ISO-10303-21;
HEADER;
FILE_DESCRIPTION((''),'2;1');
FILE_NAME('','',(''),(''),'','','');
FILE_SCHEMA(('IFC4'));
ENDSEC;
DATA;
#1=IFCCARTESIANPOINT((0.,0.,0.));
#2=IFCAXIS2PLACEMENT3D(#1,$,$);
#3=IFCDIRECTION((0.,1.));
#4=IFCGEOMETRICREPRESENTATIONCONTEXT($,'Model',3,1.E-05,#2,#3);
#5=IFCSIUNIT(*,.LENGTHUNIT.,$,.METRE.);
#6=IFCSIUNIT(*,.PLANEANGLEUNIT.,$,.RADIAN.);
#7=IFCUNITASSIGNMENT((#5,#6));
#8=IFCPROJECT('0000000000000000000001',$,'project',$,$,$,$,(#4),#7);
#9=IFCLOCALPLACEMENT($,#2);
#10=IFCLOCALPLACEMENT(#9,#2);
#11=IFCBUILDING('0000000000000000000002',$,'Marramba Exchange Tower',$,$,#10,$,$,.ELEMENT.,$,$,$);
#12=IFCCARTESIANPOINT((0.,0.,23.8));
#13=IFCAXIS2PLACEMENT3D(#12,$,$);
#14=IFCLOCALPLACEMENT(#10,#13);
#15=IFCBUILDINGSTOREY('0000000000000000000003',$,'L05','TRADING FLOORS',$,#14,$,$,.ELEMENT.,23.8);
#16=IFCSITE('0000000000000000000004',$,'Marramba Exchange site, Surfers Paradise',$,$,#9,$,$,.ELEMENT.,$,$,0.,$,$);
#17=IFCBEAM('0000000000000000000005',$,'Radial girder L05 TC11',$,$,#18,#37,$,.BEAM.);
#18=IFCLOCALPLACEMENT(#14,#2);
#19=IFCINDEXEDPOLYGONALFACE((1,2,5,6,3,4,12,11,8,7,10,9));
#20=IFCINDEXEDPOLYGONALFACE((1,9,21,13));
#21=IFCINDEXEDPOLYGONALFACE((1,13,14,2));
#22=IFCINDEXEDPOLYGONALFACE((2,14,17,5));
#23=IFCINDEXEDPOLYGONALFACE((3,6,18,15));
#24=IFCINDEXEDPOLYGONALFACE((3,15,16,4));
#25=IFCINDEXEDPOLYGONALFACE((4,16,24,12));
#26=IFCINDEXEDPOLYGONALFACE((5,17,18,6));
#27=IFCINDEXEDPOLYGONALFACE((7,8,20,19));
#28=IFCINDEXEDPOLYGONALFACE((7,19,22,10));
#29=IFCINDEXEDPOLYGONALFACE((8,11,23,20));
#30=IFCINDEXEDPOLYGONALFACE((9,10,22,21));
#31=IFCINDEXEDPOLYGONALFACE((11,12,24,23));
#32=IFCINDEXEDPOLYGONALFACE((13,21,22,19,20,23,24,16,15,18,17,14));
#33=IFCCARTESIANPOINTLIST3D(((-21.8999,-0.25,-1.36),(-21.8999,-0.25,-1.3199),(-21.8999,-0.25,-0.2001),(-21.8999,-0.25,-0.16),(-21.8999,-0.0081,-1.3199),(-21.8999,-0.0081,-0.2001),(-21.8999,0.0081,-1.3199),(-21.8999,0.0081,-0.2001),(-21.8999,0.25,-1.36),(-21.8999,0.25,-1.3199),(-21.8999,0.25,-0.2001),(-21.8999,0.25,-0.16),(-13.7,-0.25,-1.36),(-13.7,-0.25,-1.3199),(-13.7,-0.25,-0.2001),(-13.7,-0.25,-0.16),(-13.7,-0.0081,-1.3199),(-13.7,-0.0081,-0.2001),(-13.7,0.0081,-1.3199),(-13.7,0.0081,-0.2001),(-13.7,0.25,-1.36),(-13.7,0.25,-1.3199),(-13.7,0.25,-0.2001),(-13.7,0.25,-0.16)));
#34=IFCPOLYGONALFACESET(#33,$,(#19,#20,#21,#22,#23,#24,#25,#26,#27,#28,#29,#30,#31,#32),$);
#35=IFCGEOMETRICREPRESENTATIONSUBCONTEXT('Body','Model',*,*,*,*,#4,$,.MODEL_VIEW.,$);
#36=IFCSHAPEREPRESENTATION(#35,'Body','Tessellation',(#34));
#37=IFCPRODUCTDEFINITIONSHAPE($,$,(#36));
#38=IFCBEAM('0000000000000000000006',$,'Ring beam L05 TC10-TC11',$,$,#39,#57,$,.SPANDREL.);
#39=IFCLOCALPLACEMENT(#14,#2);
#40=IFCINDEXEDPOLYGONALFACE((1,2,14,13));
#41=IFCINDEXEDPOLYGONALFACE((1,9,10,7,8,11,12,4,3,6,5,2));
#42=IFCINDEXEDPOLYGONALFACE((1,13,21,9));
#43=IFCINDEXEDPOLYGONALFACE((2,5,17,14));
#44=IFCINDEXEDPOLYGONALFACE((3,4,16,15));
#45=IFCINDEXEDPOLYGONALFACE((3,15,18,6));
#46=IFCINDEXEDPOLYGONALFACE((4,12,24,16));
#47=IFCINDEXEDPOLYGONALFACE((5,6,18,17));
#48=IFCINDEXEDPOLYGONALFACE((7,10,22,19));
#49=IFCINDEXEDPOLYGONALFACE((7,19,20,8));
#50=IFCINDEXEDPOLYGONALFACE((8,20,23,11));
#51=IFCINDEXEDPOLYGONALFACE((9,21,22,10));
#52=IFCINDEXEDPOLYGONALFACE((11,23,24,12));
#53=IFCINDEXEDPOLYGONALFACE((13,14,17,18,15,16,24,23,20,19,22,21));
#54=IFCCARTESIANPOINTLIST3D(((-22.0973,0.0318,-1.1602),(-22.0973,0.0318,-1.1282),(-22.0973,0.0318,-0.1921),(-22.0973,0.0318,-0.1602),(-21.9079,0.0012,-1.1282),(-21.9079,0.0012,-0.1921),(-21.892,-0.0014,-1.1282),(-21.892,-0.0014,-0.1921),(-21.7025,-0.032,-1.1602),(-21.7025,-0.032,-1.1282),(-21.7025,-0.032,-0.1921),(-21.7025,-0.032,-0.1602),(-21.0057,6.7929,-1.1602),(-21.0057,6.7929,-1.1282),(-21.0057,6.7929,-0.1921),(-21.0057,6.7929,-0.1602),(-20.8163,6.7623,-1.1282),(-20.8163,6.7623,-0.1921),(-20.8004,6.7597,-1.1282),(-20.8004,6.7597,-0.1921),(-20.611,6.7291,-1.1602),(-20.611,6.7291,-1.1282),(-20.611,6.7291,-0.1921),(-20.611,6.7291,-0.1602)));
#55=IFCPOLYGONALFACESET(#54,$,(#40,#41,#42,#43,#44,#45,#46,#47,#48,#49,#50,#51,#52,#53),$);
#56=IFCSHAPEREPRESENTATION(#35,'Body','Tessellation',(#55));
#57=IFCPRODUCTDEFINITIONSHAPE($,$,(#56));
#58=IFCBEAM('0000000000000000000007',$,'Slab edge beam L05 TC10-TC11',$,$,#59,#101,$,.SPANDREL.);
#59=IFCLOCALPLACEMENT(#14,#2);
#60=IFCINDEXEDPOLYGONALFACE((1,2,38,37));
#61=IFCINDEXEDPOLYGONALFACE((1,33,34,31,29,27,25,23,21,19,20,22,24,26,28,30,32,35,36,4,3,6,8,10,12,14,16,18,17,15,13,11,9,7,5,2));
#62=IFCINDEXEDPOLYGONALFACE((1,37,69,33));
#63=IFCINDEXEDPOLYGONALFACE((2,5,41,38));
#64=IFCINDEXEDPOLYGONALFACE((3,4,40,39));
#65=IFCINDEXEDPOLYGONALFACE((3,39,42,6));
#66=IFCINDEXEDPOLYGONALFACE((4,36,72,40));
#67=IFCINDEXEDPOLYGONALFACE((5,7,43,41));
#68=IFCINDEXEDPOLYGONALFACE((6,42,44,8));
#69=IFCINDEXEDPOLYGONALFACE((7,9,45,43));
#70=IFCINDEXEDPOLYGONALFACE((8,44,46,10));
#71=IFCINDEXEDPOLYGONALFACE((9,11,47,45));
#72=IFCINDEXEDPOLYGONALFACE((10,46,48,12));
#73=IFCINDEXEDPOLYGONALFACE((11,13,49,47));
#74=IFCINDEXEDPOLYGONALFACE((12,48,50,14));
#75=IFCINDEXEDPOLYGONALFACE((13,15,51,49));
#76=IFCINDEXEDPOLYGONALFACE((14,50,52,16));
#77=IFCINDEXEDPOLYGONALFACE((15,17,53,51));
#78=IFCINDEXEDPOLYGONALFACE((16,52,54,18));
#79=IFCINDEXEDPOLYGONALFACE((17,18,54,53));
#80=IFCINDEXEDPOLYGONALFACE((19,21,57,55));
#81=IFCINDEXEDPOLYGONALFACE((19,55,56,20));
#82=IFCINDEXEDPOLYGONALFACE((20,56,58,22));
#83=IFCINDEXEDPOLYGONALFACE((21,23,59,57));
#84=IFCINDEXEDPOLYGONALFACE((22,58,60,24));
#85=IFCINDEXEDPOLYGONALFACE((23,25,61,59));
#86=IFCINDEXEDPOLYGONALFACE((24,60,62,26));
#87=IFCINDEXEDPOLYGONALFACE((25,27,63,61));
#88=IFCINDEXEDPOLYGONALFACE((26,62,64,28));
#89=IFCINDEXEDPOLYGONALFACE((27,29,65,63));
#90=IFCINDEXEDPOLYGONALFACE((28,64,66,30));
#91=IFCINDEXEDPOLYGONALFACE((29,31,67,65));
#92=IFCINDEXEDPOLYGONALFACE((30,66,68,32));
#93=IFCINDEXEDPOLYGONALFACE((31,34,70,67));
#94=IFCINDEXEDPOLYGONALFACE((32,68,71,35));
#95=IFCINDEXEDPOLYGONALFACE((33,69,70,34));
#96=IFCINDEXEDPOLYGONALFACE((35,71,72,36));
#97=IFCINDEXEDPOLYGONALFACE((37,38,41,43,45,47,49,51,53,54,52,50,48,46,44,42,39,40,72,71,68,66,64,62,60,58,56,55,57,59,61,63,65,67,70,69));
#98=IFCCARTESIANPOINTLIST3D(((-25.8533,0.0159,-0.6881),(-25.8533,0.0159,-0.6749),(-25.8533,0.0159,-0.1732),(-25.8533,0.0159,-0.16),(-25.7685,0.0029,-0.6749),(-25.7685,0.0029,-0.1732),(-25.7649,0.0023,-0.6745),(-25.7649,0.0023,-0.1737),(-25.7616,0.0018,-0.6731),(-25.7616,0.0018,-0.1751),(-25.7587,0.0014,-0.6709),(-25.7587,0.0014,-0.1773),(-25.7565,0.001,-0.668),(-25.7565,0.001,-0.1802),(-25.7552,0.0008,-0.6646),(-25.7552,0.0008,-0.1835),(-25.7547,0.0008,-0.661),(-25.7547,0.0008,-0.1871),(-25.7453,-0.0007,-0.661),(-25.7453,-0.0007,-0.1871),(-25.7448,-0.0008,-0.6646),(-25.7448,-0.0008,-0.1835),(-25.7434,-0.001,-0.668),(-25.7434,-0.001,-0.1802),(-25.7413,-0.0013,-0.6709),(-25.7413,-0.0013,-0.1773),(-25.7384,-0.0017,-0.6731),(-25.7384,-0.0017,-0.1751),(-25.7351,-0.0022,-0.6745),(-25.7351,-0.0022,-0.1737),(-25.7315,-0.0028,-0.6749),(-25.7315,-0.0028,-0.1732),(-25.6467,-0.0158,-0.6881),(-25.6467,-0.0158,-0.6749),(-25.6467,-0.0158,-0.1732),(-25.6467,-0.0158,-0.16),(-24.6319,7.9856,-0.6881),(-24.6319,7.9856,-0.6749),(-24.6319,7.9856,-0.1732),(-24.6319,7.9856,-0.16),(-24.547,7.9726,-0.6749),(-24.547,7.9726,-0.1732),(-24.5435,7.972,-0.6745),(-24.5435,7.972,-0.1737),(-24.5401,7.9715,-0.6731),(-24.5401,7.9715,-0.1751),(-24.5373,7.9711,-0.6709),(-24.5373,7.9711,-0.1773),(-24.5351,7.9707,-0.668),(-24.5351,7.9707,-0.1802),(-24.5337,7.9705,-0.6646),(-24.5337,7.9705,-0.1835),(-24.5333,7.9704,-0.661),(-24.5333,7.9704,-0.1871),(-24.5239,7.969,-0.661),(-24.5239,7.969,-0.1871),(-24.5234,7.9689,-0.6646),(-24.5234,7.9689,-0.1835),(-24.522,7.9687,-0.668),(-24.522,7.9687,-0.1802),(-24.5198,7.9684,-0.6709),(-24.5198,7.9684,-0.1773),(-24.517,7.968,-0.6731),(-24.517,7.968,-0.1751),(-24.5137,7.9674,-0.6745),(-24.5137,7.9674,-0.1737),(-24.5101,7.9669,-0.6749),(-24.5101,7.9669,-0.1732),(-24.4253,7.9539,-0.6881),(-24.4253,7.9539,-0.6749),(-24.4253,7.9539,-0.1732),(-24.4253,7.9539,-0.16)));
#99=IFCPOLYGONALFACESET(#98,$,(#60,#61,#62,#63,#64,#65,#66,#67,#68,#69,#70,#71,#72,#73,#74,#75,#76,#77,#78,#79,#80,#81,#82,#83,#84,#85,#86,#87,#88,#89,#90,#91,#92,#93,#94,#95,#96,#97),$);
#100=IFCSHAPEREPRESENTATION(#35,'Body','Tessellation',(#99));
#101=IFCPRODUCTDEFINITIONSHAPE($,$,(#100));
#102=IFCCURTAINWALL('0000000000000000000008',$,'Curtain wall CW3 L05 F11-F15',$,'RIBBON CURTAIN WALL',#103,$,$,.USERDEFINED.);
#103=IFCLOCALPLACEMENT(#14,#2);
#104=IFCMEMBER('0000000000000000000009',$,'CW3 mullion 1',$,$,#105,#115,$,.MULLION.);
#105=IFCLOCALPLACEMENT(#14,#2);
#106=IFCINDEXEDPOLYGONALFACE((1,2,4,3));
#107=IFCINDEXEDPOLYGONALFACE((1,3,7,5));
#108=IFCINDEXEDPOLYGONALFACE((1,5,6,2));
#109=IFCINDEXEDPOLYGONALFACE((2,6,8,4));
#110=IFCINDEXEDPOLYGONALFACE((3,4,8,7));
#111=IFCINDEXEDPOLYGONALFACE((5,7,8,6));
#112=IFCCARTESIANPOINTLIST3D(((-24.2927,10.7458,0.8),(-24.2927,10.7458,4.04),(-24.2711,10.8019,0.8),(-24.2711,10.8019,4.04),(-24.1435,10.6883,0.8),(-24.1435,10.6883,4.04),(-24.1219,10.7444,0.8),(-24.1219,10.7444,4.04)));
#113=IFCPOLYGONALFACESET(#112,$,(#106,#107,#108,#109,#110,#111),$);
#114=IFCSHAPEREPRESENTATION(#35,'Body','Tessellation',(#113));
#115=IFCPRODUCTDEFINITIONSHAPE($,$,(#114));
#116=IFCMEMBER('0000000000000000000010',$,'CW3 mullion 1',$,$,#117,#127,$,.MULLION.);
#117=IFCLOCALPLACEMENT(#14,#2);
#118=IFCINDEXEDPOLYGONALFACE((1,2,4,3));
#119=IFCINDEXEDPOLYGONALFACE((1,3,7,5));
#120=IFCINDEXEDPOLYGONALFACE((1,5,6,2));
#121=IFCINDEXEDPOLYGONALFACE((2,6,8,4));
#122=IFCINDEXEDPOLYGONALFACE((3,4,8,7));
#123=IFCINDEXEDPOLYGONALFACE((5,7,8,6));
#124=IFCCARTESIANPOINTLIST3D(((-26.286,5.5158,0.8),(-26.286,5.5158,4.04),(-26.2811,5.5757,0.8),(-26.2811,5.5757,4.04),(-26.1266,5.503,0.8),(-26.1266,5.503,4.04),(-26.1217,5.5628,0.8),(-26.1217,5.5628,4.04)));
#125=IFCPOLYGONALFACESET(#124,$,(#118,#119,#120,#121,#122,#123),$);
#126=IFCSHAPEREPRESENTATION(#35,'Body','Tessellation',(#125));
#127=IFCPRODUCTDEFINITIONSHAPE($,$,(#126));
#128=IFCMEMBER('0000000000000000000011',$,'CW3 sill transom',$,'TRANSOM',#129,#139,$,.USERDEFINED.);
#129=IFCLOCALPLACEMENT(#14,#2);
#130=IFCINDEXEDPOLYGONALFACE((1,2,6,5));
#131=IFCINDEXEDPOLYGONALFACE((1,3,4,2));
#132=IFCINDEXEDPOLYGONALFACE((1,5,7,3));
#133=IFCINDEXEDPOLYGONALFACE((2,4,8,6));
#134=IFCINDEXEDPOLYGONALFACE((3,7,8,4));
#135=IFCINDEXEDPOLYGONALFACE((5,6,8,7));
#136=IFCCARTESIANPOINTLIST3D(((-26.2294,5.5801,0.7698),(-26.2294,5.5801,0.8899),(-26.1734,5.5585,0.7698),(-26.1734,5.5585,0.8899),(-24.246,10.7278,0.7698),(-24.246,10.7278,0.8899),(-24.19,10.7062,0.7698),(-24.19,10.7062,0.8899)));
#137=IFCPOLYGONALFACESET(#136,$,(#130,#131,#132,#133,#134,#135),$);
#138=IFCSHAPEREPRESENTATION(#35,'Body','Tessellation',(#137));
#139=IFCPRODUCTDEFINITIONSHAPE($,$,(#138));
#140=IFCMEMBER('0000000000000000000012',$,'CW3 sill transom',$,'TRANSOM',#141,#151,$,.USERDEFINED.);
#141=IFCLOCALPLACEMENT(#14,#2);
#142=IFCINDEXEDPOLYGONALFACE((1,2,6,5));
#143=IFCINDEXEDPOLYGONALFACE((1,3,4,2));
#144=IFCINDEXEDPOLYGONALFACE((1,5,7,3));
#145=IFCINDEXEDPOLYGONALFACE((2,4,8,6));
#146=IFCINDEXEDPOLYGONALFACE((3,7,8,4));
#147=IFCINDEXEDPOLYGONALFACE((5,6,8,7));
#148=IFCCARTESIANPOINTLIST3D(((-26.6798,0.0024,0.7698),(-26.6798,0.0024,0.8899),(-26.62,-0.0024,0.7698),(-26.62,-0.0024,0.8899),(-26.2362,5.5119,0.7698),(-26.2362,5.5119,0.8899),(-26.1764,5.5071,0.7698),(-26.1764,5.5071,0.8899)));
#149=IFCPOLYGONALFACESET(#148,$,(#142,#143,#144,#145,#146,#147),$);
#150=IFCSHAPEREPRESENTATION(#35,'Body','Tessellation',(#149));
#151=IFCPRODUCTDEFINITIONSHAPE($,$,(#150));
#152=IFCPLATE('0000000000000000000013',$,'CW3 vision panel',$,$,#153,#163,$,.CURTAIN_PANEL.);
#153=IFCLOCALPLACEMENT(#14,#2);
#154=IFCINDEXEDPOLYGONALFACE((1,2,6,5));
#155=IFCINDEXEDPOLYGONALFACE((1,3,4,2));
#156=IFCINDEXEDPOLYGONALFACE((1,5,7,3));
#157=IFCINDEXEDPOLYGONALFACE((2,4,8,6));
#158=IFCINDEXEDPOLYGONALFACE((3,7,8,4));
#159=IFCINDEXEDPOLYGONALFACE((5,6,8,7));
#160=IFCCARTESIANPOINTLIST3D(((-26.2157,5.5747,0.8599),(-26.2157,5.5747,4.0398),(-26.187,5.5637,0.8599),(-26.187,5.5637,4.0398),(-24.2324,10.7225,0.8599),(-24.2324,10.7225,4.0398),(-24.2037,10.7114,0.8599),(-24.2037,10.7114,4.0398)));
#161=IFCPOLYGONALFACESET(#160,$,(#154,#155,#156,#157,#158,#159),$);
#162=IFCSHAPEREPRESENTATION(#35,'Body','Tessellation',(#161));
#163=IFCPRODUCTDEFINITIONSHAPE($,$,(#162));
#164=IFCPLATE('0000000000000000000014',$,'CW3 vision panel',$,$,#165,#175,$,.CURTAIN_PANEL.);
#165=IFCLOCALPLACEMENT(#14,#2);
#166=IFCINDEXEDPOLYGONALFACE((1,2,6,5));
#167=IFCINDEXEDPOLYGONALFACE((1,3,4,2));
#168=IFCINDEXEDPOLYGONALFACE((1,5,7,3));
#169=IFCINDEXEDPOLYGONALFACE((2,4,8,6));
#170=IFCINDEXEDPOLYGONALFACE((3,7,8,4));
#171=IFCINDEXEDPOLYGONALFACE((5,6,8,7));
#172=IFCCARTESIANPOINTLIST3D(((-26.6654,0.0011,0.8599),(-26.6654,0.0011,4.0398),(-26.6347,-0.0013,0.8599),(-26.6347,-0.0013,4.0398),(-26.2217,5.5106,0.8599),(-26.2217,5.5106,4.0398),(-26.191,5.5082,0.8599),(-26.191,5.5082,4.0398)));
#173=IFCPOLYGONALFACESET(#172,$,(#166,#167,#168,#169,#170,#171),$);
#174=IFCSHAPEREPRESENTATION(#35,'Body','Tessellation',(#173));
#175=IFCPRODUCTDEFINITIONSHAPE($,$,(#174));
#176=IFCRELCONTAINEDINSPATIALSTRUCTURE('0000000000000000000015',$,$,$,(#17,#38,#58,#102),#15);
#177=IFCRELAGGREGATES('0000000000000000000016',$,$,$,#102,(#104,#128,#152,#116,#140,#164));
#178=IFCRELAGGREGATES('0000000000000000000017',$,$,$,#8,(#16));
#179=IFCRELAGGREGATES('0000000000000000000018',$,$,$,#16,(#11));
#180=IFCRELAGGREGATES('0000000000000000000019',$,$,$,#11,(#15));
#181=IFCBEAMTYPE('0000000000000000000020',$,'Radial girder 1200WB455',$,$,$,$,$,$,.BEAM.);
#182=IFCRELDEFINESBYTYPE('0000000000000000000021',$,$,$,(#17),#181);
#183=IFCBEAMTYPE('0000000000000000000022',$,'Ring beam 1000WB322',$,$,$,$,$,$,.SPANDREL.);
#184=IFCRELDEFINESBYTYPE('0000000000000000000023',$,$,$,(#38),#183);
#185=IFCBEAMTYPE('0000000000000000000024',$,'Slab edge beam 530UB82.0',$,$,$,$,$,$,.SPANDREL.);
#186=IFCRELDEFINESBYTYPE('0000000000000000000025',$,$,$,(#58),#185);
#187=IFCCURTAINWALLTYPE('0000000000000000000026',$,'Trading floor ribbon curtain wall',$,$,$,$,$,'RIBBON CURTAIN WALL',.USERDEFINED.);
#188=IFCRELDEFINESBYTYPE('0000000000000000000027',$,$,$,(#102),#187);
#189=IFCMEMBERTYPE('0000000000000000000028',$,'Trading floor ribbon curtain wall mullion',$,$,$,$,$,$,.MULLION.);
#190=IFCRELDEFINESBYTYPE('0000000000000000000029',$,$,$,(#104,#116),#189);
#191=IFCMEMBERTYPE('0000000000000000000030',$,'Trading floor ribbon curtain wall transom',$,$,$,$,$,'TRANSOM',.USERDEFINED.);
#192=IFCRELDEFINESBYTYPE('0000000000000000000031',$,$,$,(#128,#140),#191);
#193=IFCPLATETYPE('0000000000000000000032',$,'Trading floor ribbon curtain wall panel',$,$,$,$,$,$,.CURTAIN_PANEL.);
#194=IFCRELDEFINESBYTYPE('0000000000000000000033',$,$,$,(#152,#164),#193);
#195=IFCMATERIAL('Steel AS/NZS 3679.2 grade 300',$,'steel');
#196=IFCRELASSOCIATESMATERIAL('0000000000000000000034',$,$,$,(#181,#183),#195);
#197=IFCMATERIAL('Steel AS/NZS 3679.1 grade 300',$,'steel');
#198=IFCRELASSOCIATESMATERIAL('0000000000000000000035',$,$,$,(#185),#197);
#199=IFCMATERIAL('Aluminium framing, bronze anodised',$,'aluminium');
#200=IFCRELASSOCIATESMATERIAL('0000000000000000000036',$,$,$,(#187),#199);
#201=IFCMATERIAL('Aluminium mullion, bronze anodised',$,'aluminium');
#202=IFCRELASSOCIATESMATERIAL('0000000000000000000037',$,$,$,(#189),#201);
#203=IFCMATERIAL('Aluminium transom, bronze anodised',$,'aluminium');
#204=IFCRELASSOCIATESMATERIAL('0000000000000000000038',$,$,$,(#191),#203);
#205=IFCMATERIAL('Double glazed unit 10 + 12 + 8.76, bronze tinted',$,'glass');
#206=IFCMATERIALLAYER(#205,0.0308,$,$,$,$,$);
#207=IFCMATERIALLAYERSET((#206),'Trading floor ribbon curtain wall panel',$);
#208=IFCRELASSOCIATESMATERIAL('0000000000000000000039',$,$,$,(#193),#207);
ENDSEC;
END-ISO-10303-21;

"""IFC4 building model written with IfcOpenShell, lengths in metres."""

from ifc_helpers import new_model, si_unit, direction, frame, origin, origin_2d, place, context, subcontext, project, spatial, rectangle, i_section, extrude, material, layer, layer_set, material_profile, profile_set, type_object, element, aggregate, save


model = new_model("IFC4")

# Units and contexts
model_context = context("Model", 3, precision=1e-05, world=origin(), true_north=direction((0.0, 1.0)))
body_context = subcontext(model_context, "Body", "Model", "MODEL_VIEW")
ifc_project = project(units=[si_unit("LENGTHUNIT", "METRE"), si_unit("PLANEANGLEUNIT", "RADIAN")], contexts=[model_context])

# Site, building, storey
site_placement = place(None, origin())
site = spatial("IfcSite", under=ifc_project, at=site_placement, Name="Marramba Exchange site, Surfers Paradise", CompositionType="ELEMENT", RefElevation=0.0)
building_placement = place(site_placement, origin())
building = spatial("IfcBuilding", under=site, at=building_placement, Name="Marramba Exchange Tower", CompositionType="ELEMENT")
storey_placement = place(building_placement, frame((0.0, 0.0, 23.8)))
storey = spatial("IfcBuildingStorey", under=building, at=storey_placement, Name="L05", Description="TRADING FLOORS", CompositionType="ELEMENT", Elevation=23.8)

# Beams
ifc_material_1 = material(Name="Steel AS/NZS 3679.2 grade 300", Category="steel")
ifc_material_2 = material(Name="Steel AS/NZS 3679.1 grade 300", Category="steel")
ifc_material_profile_1 = material_profile(ifc_material_1, i_section(OverallWidth=0.5, OverallDepth=1.2, WebThickness=0.0161, FlangeThickness=0.04, at=origin_2d()), Name="1200WB455")
ifc_profile_set_1 = profile_set([ifc_material_profile_1], Name="Steel AS/NZS 3679.2 grade 300")
beam_type_1 = type_object("IfcBeamType", Name="Radial girder 1200WB455", PredefinedType="BEAM", material=ifc_profile_set_1)
beam_1_placement = place(storey_placement, frame((-13.7, 0.0, -0.76), z_axis=(-1.0, 0.0, 0.0), x_axis=(0.0, -1.0, 0.0)))
element("IfcBeam", 1, at=beam_1_placement, inside=storey, type_object=beam_type_1, Name="Radial girder L05 TC11", PredefinedType="BEAM", context=body_context, shape_type="SweptSolid", body=[
    extrude(i_section(OverallWidth=0.5, OverallDepth=1.2, WebThickness=0.0161, FlangeThickness=0.04, at=origin_2d()), origin(), (0.0, 0.0, 1.0), 8.2),
])
ifc_material_profile_2 = material_profile(ifc_material_1, i_section(OverallWidth=0.3999, OverallDepth=1.0, WebThickness=0.0161, FlangeThickness=0.032, at=origin_2d()), Name="1000WB322")
ifc_profile_set_2 = profile_set([ifc_material_profile_2], Name="Steel AS/NZS 3679.2 grade 300")
beam_type_2 = type_object("IfcBeamType", Name="Ring beam 1000WB322", PredefinedType="SPANDREL", material=ifc_profile_set_2)
beam_2_placement = place(storey_placement, frame((-20.8083, 6.761, -0.6602), z_axis=(-0.159385, -0.987217, 0.0), x_axis=(0.987217, -0.159385, 0.0)))
element("IfcBeam", 2, at=beam_2_placement, inside=storey, type_object=beam_type_2, Name="Ring beam L05 TC10-TC11", PredefinedType="SPANDREL", context=body_context, shape_type="SweptSolid", body=[
    extrude(i_section(OverallWidth=0.3999, OverallDepth=1.0, WebThickness=0.0161, FlangeThickness=0.032, at=origin_2d()), origin(), (0.0, 0.0, 1.0), 6.8486),
])
ifc_material_profile_3 = material_profile(ifc_material_2, i_section(OverallWidth=0.209, OverallDepth=0.5281, WebThickness=0.0095, FlangeThickness=0.0132, FilletRadius=0.0139, at=origin_2d()), Name="530UB82.0")
ifc_profile_set_3 = profile_set([ifc_material_profile_3], Name="Steel AS/NZS 3679.1 grade 300")
beam_type_3 = type_object("IfcBeamType", Name="Slab edge beam 530UB82.0", PredefinedType="SPANDREL", material=ifc_profile_set_3)
beam_3_placement = place(storey_placement, frame((-24.5286, 7.9697, -0.4241), z_axis=(-0.151491, -0.988459, 0.0), x_axis=(0.988459, -0.151491, 0.0)))
element("IfcBeam", 3, at=beam_3_placement, inside=storey, type_object=beam_type_3, Name="Slab edge beam L05 TC10-TC11", PredefinedType="SPANDREL", context=body_context, shape_type="SweptSolid", body=[
    extrude(i_section(OverallWidth=0.209, OverallDepth=0.5281, WebThickness=0.0095, FlangeThickness=0.0132, FilletRadius=0.0139, at=origin_2d()), origin(), (0.0, 0.0, 1.0), 8.0627),
])

# Curtain wall, members, plates
ifc_material_3 = material(Name="Aluminium framing, bronze anodised", Category="aluminium")
curtain_wall_type = type_object("IfcCurtainWallType", Name="Trading floor ribbon curtain wall", ElementType="RIBBON CURTAIN WALL", PredefinedType="USERDEFINED", material=ifc_material_3)
curtain_wall_placement = place(storey_placement, origin())
curtain_wall = element("IfcCurtainWall", 4, at=curtain_wall_placement, inside=storey, type_object=curtain_wall_type, Name="Curtain wall CW3 L05 F11-F15", ObjectType="RIBBON CURTAIN WALL", PredefinedType="USERDEFINED")
ifc_material_4 = material(Name="Aluminium mullion, bronze anodised", Category="aluminium")
ifc_material_profile_4 = material_profile(ifc_material_4, rectangle(XDim=0.1599, YDim=0.0601, at=origin_2d()), Name="CW3 mullion 60x160")
ifc_profile_set_4 = profile_set([ifc_material_profile_4], Name="Aluminium mullion, bronze anodised")
member_type_1 = type_object("IfcMemberType", Name="Trading floor ribbon curtain wall mullion", PredefinedType="MULLION", material=ifc_profile_set_4)
member_1_placement = place(storey_placement, frame((-24.2073, 10.7451, 0.8), z_axis=(0.0, 0.0, 1.0), x_axis=(0.933135, -0.359526, 0.0)))
member_1 = element("IfcMember", 5, at=member_1_placement, type_object=member_type_1, Name="CW3 mullion 1", PredefinedType="MULLION", context=body_context, shape_type="SweptSolid", body=[
    extrude(rectangle(XDim=0.1599, YDim=0.0601, at=origin_2d()), origin(), (0.0, 0.0, 1.0), 3.24),
])
member_2_placement = place(storey_placement, frame((-26.2039, 5.5393, 0.8), z_axis=(0.0, 0.0, 1.0), x_axis=(0.996773, -0.080275, 0.0)))
member_2 = element("IfcMember", 6, at=member_2_placement, type_object=member_type_1, Name="CW3 mullion 1", PredefinedType="MULLION", context=body_context, shape_type="SweptSolid", body=[
    extrude(rectangle(XDim=0.1599, YDim=0.0601, at=origin_2d()), origin(), (0.0, 0.0, 1.0), 3.24),
])
ifc_material_5 = material(Name="Aluminium transom, bronze anodised", Category="aluminium")
ifc_material_profile_5 = material_profile(ifc_material_5, rectangle(XDim=0.0601, YDim=0.1201, at=origin_2d()), Name="CW3 transom 60x120")
ifc_profile_set_5 = profile_set([ifc_material_profile_5], Name="Aluminium transom, bronze anodised")
member_type_2 = type_object("IfcMemberType", Name="Trading floor ribbon curtain wall transom", ElementType="TRANSOM", PredefinedType="USERDEFINED", material=ifc_profile_set_5)
member_3_placement = place(storey_placement, frame((-24.218, 10.717, 0.8298), z_axis=(-0.359534, -0.933132, 0.0), x_axis=(0.933132, -0.359534, 0.0)))
member_3 = element("IfcMember", 7, at=member_3_placement, type_object=member_type_2, Name="CW3 sill transom", ObjectType="TRANSOM", PredefinedType="USERDEFINED", context=body_context, shape_type="SweptSolid", body=[
    extrude(rectangle(XDim=0.0601, YDim=0.1201, at=origin_2d()), origin(), (0.0, 0.0, 1.0), 5.5166),
])
member_4_placement = place(storey_placement, frame((-26.2063, 5.5095, 0.8298), z_axis=(-0.080256, -0.996774, 0.0), x_axis=(0.996774, -0.080256, 0.0)))
member_4 = element("IfcMember", 8, at=member_4_placement, type_object=member_type_2, Name="CW3 sill transom", ObjectType="TRANSOM", PredefinedType="USERDEFINED", context=body_context, shape_type="SweptSolid", body=[
    extrude(rectangle(XDim=0.0601, YDim=0.1201, at=origin_2d()), origin(), (0.0, 0.0, 1.0), 5.5273),
])
ifc_material_6 = material(Name="Double glazed unit 10 + 12 + 8.76, bronze tinted", Category="glass")
ifc_layer_1 = layer(ifc_material_6, 0.0308)
ifc_layer_set_1 = layer_set([ifc_layer_1], Name="Trading floor ribbon curtain wall panel")
plate_type = type_object("IfcPlateType", Name="Trading floor ribbon curtain wall panel", PredefinedType="CURTAIN_PANEL", material=ifc_layer_set_1)
plate_1_placement = place(storey_placement, frame((-25.2097, 8.1431, 0.8599), z_axis=(0.0, 0.0, 1.0), x_axis=(-0.359526, -0.933135, 0.0)))
plate_1 = element("IfcPlate", 9, at=plate_1_placement, type_object=plate_type, Name="CW3 vision panel", PredefinedType="CURTAIN_PANEL", context=body_context, shape_type="SweptSolid", body=[
    extrude(rectangle(XDim=5.5166, YDim=0.0308, at=origin_2d()), origin(), (0.0, 0.0, 1.0), 3.1799),
])
plate_2_placement = place(storey_placement, frame((-26.4282, 2.7546, 0.8599), z_axis=(0.0, 0.0, 1.0), x_axis=(-0.080275, -0.996773, 0.0)))
plate_2 = element("IfcPlate", 10, at=plate_2_placement, type_object=plate_type, Name="CW3 vision panel", PredefinedType="CURTAIN_PANEL", context=body_context, shape_type="SweptSolid", body=[
    extrude(rectangle(XDim=5.5273, YDim=0.0308, at=origin_2d()), origin(), (0.0, 0.0, 1.0), 3.1799),
])
aggregate(curtain_wall, [member_1, member_3, plate_1, member_2, member_4, plate_2])

save(model, "model.ifc")
